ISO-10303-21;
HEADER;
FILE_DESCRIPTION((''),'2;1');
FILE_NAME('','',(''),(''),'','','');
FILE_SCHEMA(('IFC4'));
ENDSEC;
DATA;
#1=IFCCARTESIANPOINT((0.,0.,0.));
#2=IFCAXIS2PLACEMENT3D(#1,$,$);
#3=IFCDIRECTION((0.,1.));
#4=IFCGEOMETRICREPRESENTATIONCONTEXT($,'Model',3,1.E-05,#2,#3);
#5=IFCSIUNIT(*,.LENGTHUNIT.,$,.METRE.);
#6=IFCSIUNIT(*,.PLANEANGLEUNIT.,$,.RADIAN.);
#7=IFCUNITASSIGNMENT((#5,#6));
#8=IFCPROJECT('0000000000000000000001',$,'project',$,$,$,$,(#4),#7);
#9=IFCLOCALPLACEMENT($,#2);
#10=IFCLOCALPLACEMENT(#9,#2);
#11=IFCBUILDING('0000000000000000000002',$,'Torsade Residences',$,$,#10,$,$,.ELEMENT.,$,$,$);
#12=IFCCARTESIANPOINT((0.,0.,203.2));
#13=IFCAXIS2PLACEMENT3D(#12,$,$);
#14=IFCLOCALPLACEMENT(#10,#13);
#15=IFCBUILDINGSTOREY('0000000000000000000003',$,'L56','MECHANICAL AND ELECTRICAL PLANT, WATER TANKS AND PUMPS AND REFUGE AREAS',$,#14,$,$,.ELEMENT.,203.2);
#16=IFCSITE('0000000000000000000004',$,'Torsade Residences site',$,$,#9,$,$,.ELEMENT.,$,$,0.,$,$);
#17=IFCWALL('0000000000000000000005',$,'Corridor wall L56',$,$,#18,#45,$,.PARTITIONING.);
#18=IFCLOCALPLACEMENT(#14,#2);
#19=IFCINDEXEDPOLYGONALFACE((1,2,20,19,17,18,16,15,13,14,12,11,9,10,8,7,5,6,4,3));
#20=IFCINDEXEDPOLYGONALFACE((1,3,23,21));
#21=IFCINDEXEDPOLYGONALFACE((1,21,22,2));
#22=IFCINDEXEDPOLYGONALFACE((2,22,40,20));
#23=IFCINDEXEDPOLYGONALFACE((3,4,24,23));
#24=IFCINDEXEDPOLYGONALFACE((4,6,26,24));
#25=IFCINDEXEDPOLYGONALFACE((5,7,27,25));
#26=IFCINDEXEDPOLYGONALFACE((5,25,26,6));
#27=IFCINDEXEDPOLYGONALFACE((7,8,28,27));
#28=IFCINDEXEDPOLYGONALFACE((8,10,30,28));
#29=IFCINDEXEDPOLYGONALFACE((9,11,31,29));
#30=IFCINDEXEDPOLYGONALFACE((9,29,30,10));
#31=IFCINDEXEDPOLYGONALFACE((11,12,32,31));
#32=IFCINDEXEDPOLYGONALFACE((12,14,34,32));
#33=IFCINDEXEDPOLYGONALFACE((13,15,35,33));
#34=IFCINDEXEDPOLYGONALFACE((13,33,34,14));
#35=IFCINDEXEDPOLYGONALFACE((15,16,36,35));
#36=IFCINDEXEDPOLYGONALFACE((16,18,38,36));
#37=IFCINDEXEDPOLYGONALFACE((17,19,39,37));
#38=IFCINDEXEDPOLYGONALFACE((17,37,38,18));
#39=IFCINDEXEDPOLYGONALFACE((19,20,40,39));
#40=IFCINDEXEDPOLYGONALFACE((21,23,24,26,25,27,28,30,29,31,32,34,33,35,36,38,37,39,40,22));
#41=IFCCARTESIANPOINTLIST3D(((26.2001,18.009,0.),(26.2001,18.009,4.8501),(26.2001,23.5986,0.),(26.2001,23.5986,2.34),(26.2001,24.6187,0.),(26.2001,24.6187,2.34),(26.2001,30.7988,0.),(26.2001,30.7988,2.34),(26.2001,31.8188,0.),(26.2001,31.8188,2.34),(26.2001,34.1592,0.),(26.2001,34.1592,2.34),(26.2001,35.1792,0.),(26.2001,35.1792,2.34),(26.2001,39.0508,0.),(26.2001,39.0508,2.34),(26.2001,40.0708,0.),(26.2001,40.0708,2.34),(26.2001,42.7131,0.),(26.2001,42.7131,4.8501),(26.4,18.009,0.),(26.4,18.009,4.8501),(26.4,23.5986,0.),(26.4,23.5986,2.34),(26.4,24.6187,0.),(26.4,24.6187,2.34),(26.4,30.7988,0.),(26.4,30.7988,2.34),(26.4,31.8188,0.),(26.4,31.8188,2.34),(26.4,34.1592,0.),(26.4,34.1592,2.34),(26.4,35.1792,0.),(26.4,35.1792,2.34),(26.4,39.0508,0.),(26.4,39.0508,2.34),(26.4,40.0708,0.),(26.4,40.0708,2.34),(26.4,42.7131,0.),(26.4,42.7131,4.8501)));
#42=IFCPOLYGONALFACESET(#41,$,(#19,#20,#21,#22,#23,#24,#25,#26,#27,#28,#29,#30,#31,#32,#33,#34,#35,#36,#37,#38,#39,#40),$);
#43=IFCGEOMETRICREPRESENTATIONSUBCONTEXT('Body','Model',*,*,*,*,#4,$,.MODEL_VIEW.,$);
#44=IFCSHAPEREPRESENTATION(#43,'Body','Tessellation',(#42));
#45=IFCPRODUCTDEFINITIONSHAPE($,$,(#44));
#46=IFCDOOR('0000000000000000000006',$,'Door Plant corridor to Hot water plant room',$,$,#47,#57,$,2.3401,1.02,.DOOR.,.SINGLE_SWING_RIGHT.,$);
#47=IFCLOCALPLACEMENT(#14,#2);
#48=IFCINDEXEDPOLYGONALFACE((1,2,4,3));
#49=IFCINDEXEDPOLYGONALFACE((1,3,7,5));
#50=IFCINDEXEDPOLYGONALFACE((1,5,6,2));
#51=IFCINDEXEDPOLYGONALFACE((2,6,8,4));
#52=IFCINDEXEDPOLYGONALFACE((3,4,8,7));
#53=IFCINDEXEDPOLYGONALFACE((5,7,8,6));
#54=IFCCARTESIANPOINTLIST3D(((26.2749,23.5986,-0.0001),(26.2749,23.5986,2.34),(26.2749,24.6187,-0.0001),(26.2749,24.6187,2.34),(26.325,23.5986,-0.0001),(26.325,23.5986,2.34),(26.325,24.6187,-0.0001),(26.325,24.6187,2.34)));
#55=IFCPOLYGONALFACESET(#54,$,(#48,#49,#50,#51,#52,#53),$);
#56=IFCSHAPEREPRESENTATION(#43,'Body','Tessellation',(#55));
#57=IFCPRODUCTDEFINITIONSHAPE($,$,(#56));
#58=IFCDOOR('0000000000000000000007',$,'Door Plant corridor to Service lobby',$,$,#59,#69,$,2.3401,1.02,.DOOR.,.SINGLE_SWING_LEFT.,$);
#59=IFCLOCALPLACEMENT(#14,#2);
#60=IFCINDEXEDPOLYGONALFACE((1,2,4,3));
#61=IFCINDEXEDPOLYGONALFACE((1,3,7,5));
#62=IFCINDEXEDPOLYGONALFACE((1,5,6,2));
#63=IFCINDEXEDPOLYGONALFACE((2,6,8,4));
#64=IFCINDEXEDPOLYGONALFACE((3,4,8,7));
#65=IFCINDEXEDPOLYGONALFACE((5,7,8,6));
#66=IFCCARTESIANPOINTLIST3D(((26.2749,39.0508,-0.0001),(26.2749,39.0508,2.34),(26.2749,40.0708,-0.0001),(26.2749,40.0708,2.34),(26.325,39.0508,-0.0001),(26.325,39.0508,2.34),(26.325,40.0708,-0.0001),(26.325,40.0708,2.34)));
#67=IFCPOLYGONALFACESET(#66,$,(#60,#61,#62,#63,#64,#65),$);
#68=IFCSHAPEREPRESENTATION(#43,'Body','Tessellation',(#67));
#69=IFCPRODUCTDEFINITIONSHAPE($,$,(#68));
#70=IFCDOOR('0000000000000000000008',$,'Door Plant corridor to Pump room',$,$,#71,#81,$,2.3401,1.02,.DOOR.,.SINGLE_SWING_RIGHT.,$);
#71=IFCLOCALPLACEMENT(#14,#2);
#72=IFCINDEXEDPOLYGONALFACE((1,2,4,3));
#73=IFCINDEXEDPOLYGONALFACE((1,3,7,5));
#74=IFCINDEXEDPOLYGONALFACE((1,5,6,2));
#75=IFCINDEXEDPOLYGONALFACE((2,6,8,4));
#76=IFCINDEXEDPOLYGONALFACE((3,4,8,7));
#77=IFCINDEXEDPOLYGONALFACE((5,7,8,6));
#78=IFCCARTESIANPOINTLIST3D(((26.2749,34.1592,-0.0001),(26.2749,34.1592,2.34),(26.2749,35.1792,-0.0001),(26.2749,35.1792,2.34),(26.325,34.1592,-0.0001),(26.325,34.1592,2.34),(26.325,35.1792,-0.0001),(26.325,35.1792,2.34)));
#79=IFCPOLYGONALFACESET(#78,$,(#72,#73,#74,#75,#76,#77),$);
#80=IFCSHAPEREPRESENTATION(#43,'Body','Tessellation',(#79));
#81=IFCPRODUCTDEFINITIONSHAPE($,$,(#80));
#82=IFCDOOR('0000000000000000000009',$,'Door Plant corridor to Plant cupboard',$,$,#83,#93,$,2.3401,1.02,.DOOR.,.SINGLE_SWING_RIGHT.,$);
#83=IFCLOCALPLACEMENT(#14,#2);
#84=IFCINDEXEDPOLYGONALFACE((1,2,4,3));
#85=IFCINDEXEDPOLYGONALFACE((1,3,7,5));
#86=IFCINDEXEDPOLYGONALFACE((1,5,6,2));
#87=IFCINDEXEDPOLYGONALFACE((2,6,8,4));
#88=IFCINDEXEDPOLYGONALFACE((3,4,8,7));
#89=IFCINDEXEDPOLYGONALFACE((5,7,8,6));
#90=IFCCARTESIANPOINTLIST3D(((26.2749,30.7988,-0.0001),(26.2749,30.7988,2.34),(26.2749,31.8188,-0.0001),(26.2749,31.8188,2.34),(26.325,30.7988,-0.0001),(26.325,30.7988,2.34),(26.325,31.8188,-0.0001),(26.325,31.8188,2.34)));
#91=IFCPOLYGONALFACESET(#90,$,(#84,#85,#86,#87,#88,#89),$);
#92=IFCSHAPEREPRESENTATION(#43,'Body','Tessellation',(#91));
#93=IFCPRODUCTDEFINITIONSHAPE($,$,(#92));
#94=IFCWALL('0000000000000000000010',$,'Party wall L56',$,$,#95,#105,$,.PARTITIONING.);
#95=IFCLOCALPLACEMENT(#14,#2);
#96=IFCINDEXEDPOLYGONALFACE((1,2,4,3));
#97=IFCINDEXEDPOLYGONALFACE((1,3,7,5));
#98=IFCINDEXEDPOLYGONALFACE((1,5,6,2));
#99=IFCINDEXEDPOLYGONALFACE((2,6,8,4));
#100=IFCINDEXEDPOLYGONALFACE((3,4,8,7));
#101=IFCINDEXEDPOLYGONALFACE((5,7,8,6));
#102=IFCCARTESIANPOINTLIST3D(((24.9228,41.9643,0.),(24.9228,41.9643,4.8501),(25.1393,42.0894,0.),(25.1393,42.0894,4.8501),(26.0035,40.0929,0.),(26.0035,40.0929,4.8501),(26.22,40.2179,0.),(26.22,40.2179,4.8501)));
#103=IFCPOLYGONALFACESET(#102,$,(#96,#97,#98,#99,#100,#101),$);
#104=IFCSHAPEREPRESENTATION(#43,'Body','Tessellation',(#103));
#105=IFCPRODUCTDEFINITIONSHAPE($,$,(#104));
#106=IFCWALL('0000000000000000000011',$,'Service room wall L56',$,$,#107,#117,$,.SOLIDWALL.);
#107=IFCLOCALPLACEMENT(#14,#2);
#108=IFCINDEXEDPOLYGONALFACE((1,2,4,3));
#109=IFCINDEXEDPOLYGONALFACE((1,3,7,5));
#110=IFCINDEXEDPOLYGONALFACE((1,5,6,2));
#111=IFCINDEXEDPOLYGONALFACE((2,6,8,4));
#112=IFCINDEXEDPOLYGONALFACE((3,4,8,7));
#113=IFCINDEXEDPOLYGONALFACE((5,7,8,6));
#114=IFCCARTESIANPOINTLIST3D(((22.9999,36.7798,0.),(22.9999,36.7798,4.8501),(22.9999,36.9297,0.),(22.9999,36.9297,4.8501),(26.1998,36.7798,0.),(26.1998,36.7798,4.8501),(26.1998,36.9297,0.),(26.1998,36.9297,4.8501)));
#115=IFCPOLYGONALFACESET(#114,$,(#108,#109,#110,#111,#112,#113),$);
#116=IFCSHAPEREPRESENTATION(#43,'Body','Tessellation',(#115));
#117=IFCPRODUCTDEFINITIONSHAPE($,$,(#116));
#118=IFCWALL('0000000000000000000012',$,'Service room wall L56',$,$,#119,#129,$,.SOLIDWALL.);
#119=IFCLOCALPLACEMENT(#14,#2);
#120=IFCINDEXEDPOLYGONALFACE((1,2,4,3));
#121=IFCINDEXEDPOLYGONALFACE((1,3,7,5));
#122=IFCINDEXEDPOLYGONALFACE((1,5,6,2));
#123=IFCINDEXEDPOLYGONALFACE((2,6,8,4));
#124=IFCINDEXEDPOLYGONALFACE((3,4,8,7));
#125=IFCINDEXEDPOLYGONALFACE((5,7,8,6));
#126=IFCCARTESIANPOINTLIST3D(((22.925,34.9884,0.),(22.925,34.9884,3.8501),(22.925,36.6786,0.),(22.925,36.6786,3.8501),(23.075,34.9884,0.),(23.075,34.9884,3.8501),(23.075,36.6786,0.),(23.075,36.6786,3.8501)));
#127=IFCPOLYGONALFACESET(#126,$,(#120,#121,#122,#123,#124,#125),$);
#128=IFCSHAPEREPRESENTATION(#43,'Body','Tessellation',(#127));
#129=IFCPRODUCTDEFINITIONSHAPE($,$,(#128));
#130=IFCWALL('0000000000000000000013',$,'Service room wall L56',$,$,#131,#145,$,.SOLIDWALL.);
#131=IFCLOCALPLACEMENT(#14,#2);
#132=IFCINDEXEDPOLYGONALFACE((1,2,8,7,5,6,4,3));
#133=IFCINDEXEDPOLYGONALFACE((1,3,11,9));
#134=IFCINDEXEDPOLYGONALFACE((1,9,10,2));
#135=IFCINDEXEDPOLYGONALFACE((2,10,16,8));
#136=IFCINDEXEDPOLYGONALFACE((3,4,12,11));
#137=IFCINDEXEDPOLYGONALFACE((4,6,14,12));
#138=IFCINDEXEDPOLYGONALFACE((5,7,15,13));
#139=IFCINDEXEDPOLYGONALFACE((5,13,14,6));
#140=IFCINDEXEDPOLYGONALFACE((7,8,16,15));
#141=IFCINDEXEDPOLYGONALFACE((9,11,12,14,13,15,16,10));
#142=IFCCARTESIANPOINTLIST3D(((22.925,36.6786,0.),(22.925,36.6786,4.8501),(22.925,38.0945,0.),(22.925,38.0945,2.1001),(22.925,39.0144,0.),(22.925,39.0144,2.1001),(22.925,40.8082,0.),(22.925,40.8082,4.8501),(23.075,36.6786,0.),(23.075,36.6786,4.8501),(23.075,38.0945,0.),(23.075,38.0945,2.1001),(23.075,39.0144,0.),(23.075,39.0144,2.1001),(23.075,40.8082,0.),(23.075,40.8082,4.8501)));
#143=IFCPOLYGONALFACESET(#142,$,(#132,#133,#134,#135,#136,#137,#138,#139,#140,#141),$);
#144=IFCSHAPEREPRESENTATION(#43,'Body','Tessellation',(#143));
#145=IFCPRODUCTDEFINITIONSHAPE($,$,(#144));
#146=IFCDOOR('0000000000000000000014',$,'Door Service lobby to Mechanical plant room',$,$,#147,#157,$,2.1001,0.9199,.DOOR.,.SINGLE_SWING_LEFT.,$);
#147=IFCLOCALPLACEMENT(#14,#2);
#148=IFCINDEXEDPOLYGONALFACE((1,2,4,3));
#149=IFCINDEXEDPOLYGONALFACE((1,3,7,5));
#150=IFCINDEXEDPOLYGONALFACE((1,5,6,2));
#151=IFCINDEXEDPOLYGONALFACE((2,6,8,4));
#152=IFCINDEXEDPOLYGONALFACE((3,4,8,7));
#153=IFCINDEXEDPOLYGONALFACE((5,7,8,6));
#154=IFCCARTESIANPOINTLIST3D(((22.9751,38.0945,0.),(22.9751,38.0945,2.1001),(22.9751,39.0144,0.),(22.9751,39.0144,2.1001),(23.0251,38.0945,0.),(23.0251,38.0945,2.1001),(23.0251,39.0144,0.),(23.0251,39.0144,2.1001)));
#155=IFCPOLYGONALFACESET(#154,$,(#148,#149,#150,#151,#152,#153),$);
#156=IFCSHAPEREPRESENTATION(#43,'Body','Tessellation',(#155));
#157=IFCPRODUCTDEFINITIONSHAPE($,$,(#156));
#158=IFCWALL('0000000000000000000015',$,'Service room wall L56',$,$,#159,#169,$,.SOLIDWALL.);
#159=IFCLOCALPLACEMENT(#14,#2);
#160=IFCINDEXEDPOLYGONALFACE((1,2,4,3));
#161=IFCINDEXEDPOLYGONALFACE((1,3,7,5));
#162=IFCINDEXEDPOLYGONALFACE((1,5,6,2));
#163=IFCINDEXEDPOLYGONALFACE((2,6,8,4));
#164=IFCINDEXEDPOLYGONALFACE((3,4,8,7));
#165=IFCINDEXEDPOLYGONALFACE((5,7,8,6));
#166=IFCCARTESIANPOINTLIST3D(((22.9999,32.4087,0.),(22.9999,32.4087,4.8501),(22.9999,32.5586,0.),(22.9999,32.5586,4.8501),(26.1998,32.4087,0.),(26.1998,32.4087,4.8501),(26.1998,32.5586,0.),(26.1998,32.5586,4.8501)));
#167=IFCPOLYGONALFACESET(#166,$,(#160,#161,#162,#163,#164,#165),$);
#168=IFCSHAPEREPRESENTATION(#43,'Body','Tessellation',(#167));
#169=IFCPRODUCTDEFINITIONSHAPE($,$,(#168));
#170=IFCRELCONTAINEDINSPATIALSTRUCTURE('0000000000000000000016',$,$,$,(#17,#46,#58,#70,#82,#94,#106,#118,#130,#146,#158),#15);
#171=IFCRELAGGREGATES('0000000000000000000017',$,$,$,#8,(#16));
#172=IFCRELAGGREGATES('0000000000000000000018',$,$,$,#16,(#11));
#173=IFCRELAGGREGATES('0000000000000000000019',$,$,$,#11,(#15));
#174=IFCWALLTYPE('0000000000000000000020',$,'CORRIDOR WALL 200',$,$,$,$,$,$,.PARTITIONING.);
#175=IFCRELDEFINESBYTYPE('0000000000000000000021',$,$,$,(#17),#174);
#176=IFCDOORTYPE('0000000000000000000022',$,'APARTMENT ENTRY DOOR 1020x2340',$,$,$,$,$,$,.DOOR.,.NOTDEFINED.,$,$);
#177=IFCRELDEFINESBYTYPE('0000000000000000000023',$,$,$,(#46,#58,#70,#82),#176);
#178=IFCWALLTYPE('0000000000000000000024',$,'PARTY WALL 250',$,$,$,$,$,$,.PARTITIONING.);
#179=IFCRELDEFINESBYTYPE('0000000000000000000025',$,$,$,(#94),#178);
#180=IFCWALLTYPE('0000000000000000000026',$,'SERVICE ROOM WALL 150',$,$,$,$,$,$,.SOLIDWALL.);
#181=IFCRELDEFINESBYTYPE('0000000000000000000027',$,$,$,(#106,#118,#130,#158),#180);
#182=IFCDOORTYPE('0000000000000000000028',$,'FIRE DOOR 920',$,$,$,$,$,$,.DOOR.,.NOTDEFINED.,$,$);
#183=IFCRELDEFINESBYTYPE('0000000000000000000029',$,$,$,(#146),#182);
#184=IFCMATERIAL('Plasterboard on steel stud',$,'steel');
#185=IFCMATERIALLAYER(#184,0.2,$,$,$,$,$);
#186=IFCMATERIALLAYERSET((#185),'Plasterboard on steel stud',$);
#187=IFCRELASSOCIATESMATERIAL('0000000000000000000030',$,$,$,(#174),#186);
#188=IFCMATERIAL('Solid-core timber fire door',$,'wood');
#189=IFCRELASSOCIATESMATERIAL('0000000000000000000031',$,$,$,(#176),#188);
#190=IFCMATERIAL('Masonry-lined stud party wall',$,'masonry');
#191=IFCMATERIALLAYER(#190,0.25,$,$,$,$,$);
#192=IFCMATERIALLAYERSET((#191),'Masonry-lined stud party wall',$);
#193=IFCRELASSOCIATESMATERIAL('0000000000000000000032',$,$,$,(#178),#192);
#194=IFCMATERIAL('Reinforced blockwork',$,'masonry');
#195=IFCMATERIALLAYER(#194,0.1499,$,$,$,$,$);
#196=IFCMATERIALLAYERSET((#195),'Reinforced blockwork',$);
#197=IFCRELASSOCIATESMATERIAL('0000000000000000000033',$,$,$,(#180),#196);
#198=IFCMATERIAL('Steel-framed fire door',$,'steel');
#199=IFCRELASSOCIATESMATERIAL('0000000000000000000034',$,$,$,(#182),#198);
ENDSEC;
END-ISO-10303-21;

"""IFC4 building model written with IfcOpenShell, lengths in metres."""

from ifc_helpers import new_model, si_unit, direction, frame, frame_2d, origin, place, context, subcontext, project, spatial, rectangle, extrude, material, layer, layer_set, type_object, element, fill, save


model = new_model("IFC4")

# Units and contexts
model_context = context("Model", 3, precision=1e-05, world=origin(), true_north=direction((0.0, 1.0)))
body_context = subcontext(model_context, "Body", "Model", "MODEL_VIEW")
ifc_project = project(units=[si_unit("LENGTHUNIT", "METRE"), si_unit("PLANEANGLEUNIT", "RADIAN")], contexts=[model_context])

# Site, building, storey
site_placement = place(None, origin())
site = spatial("IfcSite", under=ifc_project, at=site_placement, Name="Torsade Residences site", CompositionType="ELEMENT", RefElevation=0.0)
building_placement = place(site_placement, origin())
building = spatial("IfcBuilding", under=site, at=building_placement, Name="Torsade Residences", CompositionType="ELEMENT")
storey_placement = place(building_placement, frame((0.0, 0.0, 203.2)))
storey = spatial("IfcBuildingStorey", under=building, at=storey_placement, Name="L56", Description="MECHANICAL AND ELECTRICAL PLANT, WATER TANKS AND PUMPS AND REFUGE AREAS", CompositionType="ELEMENT", Elevation=203.2)

# Wall, openings, doors
ifc_material_1 = material(Name="Plasterboard on steel stud", Category="steel")
ifc_layer_1 = layer(ifc_material_1, 0.2)
ifc_layer_set_1 = layer_set([ifc_layer_1], Name="Plasterboard on steel stud")
wall_type_1 = type_object("IfcWallType", Name="CORRIDOR WALL 200", PredefinedType="PARTITIONING", material=ifc_layer_set_1)
wall_1_placement = place(storey_placement, frame((26.3, 42.7131, 0.0), z_axis=(0.0, 0.0, 1.0), x_axis=(0.0, -1.0, 0.0)))
wall_1 = element("IfcWall", 1, at=wall_1_placement, inside=storey, type_object=wall_type_1, Name="Corridor wall L56", PredefinedType="PARTITIONING", context=body_context, shape_type="SweptSolid", body=[
    extrude(rectangle(XDim=24.7041, YDim=0.2, at=frame_2d((12.3521, 0.0))), origin(), (0.0, 0.0, 1.0), 4.8501),
])
opening_1_placement = place(wall_1_placement, frame((18.0945, 0.0, 0.0)))
opening_1 = element("IfcOpeningElement", 2, at=opening_1_placement, cuts=wall_1, PredefinedType="OPENING", context=body_context, shape_type="SweptSolid", body=[
    extrude(rectangle(XDim=1.02, YDim=2.3401, at=frame_2d((0.51, 1.1699))), frame((0.0, 0.1099, 0.0), z_axis=(0.0, -1.0, 0.0), x_axis=(1.0, 0.0, 0.0)), (0.0, 0.0, 1.0), 0.22),
])
opening_2_placement = place(wall_1_placement, frame((2.6423, 0.0, 0.0)))
opening_2 = element("IfcOpeningElement", 3, at=opening_2_placement, cuts=wall_1, PredefinedType="OPENING", context=body_context, shape_type="SweptSolid", body=[
    extrude(rectangle(XDim=1.02, YDim=2.3401, at=frame_2d((0.51, 1.1699))), frame((0.0, 0.1099, 0.0), z_axis=(0.0, -1.0, 0.0), x_axis=(1.0, 0.0, 0.0)), (0.0, 0.0, 1.0), 0.22),
])
opening_3_placement = place(wall_1_placement, frame((7.5339, 0.0, 0.0)))
opening_3 = element("IfcOpeningElement", 4, at=opening_3_placement, cuts=wall_1, PredefinedType="OPENING", context=body_context, shape_type="SweptSolid", body=[
    extrude(rectangle(XDim=1.02, YDim=2.3401, at=frame_2d((0.51, 1.1699))), frame((0.0, 0.1099, 0.0), z_axis=(0.0, -1.0, 0.0), x_axis=(1.0, 0.0, 0.0)), (0.0, 0.0, 1.0), 0.22),
])
opening_4_placement = place(wall_1_placement, frame((10.8943, 0.0, 0.0)))
opening_4 = element("IfcOpeningElement", 5, at=opening_4_placement, cuts=wall_1, PredefinedType="OPENING", context=body_context, shape_type="SweptSolid", body=[
    extrude(rectangle(XDim=1.02, YDim=2.3401, at=frame_2d((0.51, 1.1699))), frame((0.0, 0.1099, 0.0), z_axis=(0.0, -1.0, 0.0), x_axis=(1.0, 0.0, 0.0)), (0.0, 0.0, 1.0), 0.22),
])
ifc_material_2 = material(Name="Solid-core timber fire door", Category="wood")
door_type_1 = type_object("IfcDoorType", Name="APARTMENT ENTRY DOOR 1020x2340", OperationType="NOTDEFINED", PredefinedType="DOOR", material=ifc_material_2)
door_1_placement = place(opening_1_placement, origin())
door_1 = element("IfcDoor", 6, at=door_1_placement, inside=storey, type_object=door_type_1, Name="Door Plant corridor to Hot water plant room", OperationType="SINGLE_SWING_RIGHT", OverallHeight=2.3401, OverallWidth=1.02, PredefinedType="DOOR", context=body_context, shape_type="SweptSolid", body=[
    extrude(rectangle(XDim=1.02, YDim=2.3401, at=frame_2d((0.51, 1.1699))), frame((0.0, 0.0249, 0.0), z_axis=(0.0, -1.0, 0.0), x_axis=(1.0, 0.0, 0.0)), (0.0, 0.0, 1.0), 0.05),
])
fill(opening_1, door_1)
door_2_placement = place(opening_2_placement, origin())
door_2 = element("IfcDoor", 7, at=door_2_placement, inside=storey, type_object=door_type_1, Name="Door Plant corridor to Service lobby", OperationType="SINGLE_SWING_LEFT", OverallHeight=2.3401, OverallWidth=1.02, PredefinedType="DOOR", context=body_context, shape_type="SweptSolid", body=[
    extrude(rectangle(XDim=1.02, YDim=2.3401, at=frame_2d((0.51, 1.1699))), frame((0.0, 0.0249, 0.0), z_axis=(0.0, -1.0, 0.0), x_axis=(1.0, 0.0, 0.0)), (0.0, 0.0, 1.0), 0.05),
])
fill(opening_2, door_2)
door_3_placement = place(opening_3_placement, origin())
door_3 = element("IfcDoor", 8, at=door_3_placement, inside=storey, type_object=door_type_1, Name="Door Plant corridor to Pump room", OperationType="SINGLE_SWING_RIGHT", OverallHeight=2.3401, OverallWidth=1.02, PredefinedType="DOOR", context=body_context, shape_type="SweptSolid", body=[
    extrude(rectangle(XDim=1.02, YDim=2.3401, at=frame_2d((0.51, 1.1699))), frame((0.0, 0.0249, 0.0), z_axis=(0.0, -1.0, 0.0), x_axis=(1.0, 0.0, 0.0)), (0.0, 0.0, 1.0), 0.05),
])
fill(opening_3, door_3)
door_4_placement = place(opening_4_placement, origin())
door_4 = element("IfcDoor", 9, at=door_4_placement, inside=storey, type_object=door_type_1, Name="Door Plant corridor to Plant cupboard", OperationType="SINGLE_SWING_RIGHT", OverallHeight=2.3401, OverallWidth=1.02, PredefinedType="DOOR", context=body_context, shape_type="SweptSolid", body=[
    extrude(rectangle(XDim=1.02, YDim=2.3401, at=frame_2d((0.51, 1.1699))), frame((0.0, 0.0249, 0.0), z_axis=(0.0, -1.0, 0.0), x_axis=(1.0, 0.0, 0.0)), (0.0, 0.0, 1.0), 0.05),
])
fill(opening_4, door_4)

# Walls
ifc_material_3 = material(Name="Masonry-lined stud party wall", Category="masonry")
ifc_layer_2 = layer(ifc_material_3, 0.25)
ifc_layer_set_2 = layer_set([ifc_layer_2], Name="Masonry-lined stud party wall")
wall_type_2 = type_object("IfcWallType", Name="PARTY WALL 250", PredefinedType="PARTITIONING", material=ifc_layer_set_2)
wall_2_placement = place(storey_placement, frame((25.031, 42.0269, 0.0), z_axis=(0.0, 0.0, 1.0), x_axis=(0.500088, -0.865975, 0.0)))
element("IfcWall", 10, at=wall_2_placement, inside=storey, type_object=wall_type_2, Name="Party wall L56", PredefinedType="PARTITIONING", context=body_context, shape_type="SweptSolid", body=[
    extrude(rectangle(XDim=2.1611, YDim=0.25, at=frame_2d((1.0806, 0.0))), origin(), (0.0, 0.0, 1.0), 4.8501),
])
ifc_material_4 = material(Name="Reinforced blockwork", Category="masonry")
ifc_layer_3 = layer(ifc_material_4, 0.1499)
ifc_layer_set_3 = layer_set([ifc_layer_3], Name="Reinforced blockwork")
wall_type_3 = type_object("IfcWallType", Name="SERVICE ROOM WALL 150", PredefinedType="SOLIDWALL", material=ifc_layer_set_3)
wall_3_placement = place(storey_placement, frame((26.2, 36.8547, 0.0), z_axis=(0.0, 0.0, 1.0), x_axis=(-1.0, 0.0, 0.0)))
element("IfcWall", 11, at=wall_3_placement, inside=storey, type_object=wall_type_3, Name="Service room wall L56", PredefinedType="SOLIDWALL", context=body_context, shape_type="SweptSolid", body=[
    extrude(rectangle(XDim=3.2, YDim=0.1499, at=frame_2d((1.6001, 0.0))), origin(), (0.0, 0.0, 1.0), 4.8501),
])
wall_4_placement = place(storey_placement, frame((23.0, 34.9883, 0.0), z_axis=(0.0, 0.0, 1.0), x_axis=(0.0, 1.0, 0.0)))
element("IfcWall", 12, at=wall_4_placement, inside=storey, type_object=wall_type_3, Name="Service room wall L56", PredefinedType="SOLIDWALL", context=body_context, shape_type="SweptSolid", body=[
    extrude(rectangle(XDim=1.6902, YDim=0.1499, at=frame_2d((0.8452, 0.0))), origin(), (0.0, 0.0, 1.0), 3.8501),
])

# Wall, opening, door
wall_5_placement = place(storey_placement, frame((23.0, 36.6785, 0.0), z_axis=(0.0, 0.0, 1.0), x_axis=(0.0, 1.0, 0.0)))
wall_5 = element("IfcWall", 13, at=wall_5_placement, inside=storey, type_object=wall_type_3, Name="Service room wall L56", PredefinedType="SOLIDWALL", context=body_context, shape_type="SweptSolid", body=[
    extrude(rectangle(XDim=4.1296, YDim=0.1499, at=frame_2d((2.0649, 0.0))), origin(), (0.0, 0.0, 1.0), 4.8501),
])
opening_5_placement = place(wall_5_placement, frame((1.416, 0.0, 0.0)))
opening_5 = element("IfcOpeningElement", 14, at=opening_5_placement, cuts=wall_5, PredefinedType="OPENING", context=body_context, shape_type="SweptSolid", body=[
    extrude(rectangle(XDim=0.9199, YDim=2.1001, at=frame_2d((0.46, 1.05))), frame((0.0, 0.085, 0.0), z_axis=(0.0, -1.0, 0.0), x_axis=(1.0, 0.0, 0.0)), (0.0, 0.0, 1.0), 0.1699),
])
ifc_material_5 = material(Name="Steel-framed fire door", Category="steel")
door_type_2 = type_object("IfcDoorType", Name="FIRE DOOR 920", OperationType="NOTDEFINED", PredefinedType="DOOR", material=ifc_material_5)
door_5_placement = place(opening_5_placement, origin())
door_5 = element("IfcDoor", 15, at=door_5_placement, inside=storey, type_object=door_type_2, Name="Door Service lobby to Mechanical plant room", OperationType="SINGLE_SWING_LEFT", OverallHeight=2.1001, OverallWidth=0.9199, PredefinedType="DOOR", context=body_context, shape_type="SweptSolid", body=[
    extrude(rectangle(XDim=0.9199, YDim=2.1001, at=frame_2d((0.46, 1.05))), frame((0.0, 0.0249, 0.0), z_axis=(0.0, -1.0, 0.0), x_axis=(1.0, 0.0, 0.0)), (0.0, 0.0, 1.0), 0.05),
])
fill(opening_5, door_5)

# Wall
wall_6_placement = place(storey_placement, frame((26.2, 32.4836, 0.0), z_axis=(0.0, 0.0, 1.0), x_axis=(-1.0, 0.0, 0.0)))
element("IfcWall", 16, at=wall_6_placement, inside=storey, type_object=wall_type_3, Name="Service room wall L56", PredefinedType="SOLIDWALL", context=body_context, shape_type="SweptSolid", body=[
    extrude(rectangle(XDim=3.2, YDim=0.1499, at=frame_2d((1.6001, 0.0))), origin(), (0.0, 0.0, 1.0), 4.8501),
])

save(model, "model.ifc")
